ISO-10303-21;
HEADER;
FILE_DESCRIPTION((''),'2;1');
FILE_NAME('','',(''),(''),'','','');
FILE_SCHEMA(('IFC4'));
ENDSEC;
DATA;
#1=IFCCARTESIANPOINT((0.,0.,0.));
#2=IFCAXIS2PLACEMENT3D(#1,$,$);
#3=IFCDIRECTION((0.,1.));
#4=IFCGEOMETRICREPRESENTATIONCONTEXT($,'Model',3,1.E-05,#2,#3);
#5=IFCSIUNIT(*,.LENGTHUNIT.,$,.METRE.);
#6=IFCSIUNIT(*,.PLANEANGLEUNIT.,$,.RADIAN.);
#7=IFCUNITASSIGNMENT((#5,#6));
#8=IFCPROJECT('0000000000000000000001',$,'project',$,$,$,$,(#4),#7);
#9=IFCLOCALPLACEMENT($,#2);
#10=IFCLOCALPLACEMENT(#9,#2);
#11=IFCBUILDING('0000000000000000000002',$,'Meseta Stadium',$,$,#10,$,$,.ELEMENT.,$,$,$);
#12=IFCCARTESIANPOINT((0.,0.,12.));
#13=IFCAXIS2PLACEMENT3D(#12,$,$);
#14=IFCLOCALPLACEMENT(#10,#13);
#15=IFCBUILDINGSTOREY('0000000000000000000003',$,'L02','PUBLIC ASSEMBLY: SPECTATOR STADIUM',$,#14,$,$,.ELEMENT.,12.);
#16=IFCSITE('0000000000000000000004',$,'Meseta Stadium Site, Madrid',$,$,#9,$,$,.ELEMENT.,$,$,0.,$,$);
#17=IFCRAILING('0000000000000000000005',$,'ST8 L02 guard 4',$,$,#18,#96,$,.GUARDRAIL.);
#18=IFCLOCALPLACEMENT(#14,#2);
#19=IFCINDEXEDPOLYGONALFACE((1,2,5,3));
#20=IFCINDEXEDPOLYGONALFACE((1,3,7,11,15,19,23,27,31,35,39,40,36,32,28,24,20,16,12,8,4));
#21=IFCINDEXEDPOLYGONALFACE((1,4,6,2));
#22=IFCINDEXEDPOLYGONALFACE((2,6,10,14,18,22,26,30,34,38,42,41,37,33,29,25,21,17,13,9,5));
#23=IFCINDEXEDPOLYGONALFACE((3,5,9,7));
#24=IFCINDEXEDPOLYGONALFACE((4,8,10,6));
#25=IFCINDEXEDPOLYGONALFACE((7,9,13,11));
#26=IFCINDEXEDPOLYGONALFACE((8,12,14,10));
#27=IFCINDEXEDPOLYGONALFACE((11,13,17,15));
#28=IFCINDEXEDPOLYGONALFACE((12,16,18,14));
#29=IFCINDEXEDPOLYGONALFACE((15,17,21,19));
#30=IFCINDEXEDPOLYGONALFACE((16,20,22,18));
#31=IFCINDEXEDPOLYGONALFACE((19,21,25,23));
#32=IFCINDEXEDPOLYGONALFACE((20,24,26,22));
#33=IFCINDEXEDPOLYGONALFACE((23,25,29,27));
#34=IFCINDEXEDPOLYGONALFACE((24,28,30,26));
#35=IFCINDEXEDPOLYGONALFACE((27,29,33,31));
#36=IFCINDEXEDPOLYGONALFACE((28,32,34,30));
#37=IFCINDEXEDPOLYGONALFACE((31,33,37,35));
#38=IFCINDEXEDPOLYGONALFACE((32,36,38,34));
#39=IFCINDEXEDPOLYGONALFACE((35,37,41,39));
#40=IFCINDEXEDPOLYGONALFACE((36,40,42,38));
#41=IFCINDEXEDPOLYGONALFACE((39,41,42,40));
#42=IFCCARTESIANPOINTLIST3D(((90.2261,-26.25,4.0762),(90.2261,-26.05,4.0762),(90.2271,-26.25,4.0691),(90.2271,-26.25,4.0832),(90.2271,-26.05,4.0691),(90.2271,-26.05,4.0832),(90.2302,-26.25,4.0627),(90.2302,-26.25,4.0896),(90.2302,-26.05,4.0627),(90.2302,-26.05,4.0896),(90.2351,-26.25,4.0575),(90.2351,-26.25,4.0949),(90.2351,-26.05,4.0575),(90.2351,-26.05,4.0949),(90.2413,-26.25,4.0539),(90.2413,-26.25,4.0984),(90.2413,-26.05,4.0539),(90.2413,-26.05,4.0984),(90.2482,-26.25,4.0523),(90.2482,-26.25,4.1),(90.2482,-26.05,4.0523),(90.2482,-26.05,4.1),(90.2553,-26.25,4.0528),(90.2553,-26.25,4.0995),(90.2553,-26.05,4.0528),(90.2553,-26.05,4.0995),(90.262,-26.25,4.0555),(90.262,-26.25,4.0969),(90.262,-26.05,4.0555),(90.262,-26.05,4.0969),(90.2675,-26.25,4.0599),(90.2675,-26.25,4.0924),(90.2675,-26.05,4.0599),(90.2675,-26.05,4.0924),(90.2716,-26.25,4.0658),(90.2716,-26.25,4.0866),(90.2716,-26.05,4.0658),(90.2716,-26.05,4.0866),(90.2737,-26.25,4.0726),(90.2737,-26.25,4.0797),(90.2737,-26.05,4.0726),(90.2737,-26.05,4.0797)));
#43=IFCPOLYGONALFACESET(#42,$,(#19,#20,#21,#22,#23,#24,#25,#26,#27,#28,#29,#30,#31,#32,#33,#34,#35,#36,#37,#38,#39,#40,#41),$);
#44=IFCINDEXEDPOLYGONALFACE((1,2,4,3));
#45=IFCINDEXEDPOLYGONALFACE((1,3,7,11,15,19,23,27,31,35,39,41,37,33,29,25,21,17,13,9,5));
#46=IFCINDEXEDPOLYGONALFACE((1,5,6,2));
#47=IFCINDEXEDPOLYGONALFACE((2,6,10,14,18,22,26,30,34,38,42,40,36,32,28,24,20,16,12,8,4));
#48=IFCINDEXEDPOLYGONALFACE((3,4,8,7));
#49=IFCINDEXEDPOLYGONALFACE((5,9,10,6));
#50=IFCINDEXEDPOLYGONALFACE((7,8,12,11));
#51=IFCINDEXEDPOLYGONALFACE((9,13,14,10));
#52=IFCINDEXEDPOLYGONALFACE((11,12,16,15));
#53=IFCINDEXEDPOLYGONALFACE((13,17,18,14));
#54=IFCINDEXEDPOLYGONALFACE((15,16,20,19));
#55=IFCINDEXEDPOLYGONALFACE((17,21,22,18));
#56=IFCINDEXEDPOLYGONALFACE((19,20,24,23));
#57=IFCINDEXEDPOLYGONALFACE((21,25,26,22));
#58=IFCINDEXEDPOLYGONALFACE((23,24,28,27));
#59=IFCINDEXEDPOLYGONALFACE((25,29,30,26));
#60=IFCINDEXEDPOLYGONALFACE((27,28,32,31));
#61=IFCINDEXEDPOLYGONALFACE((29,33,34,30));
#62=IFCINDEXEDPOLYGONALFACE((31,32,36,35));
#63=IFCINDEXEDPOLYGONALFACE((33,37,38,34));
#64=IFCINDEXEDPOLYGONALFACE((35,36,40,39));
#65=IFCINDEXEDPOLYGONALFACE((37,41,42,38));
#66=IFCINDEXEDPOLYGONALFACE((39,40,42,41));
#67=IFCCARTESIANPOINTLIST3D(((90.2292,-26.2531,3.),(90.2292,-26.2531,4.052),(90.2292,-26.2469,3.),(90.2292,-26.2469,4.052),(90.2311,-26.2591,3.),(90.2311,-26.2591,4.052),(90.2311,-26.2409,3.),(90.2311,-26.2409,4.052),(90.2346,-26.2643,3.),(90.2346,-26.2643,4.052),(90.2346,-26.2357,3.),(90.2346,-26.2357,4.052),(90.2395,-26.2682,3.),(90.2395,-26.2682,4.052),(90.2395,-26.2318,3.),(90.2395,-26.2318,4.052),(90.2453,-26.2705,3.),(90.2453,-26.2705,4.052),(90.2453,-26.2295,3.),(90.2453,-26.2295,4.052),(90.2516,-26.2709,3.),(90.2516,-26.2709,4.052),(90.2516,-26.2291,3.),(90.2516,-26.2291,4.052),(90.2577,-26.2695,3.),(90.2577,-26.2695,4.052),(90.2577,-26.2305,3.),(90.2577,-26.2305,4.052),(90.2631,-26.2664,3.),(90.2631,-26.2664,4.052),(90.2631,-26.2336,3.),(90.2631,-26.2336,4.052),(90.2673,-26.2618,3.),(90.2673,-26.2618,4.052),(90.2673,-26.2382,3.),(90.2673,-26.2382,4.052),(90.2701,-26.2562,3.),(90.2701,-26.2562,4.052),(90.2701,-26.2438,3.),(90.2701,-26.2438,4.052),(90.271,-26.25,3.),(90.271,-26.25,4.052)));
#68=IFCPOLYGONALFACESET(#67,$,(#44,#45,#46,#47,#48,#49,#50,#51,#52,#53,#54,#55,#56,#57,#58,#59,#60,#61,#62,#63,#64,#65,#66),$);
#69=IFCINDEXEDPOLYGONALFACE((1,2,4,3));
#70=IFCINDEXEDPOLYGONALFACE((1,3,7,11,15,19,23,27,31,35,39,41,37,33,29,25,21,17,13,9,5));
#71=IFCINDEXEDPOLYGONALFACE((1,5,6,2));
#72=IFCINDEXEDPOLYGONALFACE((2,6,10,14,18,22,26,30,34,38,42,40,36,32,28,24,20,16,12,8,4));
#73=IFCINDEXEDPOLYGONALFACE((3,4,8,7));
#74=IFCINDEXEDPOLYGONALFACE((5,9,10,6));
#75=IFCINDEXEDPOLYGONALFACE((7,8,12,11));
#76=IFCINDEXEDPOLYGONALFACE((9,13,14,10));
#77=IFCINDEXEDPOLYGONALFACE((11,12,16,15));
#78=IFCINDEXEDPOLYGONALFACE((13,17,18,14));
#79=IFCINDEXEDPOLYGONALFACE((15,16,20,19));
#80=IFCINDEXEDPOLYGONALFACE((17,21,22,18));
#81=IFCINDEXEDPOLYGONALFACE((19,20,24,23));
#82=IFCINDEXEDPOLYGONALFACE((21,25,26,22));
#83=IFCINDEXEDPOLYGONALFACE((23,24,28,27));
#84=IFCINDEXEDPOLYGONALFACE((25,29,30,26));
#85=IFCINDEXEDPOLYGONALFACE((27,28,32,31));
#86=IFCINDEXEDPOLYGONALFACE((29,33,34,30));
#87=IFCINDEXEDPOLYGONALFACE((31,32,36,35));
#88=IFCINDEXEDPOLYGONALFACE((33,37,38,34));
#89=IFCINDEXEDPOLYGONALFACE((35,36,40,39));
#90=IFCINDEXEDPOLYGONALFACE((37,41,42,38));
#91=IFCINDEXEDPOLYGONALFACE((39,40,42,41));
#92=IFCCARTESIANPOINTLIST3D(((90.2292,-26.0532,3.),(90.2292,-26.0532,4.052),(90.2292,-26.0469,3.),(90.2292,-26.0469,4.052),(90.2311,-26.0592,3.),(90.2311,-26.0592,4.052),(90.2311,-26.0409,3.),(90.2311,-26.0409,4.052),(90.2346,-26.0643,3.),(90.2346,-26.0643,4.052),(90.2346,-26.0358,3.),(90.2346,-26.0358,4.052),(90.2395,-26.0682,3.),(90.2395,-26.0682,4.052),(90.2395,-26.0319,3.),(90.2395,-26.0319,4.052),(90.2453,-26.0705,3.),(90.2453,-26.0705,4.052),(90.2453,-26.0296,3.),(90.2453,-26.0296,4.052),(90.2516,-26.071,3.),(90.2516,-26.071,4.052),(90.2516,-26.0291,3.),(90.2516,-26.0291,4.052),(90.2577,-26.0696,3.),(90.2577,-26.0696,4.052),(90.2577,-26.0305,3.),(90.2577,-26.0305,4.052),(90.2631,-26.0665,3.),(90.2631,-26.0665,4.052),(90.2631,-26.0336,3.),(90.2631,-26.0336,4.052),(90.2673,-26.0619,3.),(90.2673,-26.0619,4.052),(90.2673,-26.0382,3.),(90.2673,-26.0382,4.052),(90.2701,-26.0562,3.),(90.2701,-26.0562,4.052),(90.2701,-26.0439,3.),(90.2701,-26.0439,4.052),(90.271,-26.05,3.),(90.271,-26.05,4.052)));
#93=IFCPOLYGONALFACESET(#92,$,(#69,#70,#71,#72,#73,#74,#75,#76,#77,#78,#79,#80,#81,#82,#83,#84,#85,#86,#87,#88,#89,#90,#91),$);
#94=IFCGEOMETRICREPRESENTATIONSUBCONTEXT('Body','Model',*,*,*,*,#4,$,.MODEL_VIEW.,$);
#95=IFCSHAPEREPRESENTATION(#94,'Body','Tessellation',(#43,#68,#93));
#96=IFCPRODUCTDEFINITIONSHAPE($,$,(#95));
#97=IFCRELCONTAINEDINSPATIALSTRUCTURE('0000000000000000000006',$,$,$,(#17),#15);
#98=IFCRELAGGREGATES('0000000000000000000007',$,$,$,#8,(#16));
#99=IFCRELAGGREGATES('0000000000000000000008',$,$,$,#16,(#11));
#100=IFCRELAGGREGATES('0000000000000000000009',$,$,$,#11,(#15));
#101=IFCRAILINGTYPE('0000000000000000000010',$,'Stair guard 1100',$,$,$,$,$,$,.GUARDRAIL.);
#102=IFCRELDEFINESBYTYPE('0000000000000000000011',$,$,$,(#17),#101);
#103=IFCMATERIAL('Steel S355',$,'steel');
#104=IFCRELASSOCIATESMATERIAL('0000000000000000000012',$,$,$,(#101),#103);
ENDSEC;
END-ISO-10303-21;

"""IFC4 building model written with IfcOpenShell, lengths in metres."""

from ifc_helpers import new_model, si_unit, direction, frame, origin, origin_2d, place, context, subcontext, project, spatial, circle, extrude, material, type_object, element, save


model = new_model("IFC4")

# Units and contexts
model_context = context("Model", 3, precision=1e-05, world=origin(), true_north=direction((0.0, 1.0)))
body_context = subcontext(model_context, "Body", "Model", "MODEL_VIEW")
ifc_project = project(units=[si_unit("LENGTHUNIT", "METRE"), si_unit("PLANEANGLEUNIT", "RADIAN")], contexts=[model_context])

# Site, building, storey
site_placement = place(None, origin())
site = spatial("IfcSite", under=ifc_project, at=site_placement, Name="Meseta Stadium Site, Madrid", CompositionType="ELEMENT", RefElevation=0.0)
building_placement = place(site_placement, origin())
building = spatial("IfcBuilding", under=site, at=building_placement, Name="Meseta Stadium", CompositionType="ELEMENT")
storey_placement = place(building_placement, frame((0.0, 0.0, 12.0)))
storey = spatial("IfcBuildingStorey", under=building, at=storey_placement, Name="L02", Description="PUBLIC ASSEMBLY: SPECTATOR STADIUM", CompositionType="ELEMENT", Elevation=12.0)

# Railing
ifc_material_1 = material(Name="Steel S355", Category="steel")
railing_type_1 = type_object("IfcRailingType", Name="Stair guard 1100", PredefinedType="GUARDRAIL", material=ifc_material_1)
railing_1_placement = place(storey_placement, frame((90.25, -26.25, 3.0)))
element("IfcRailing", 1, at=railing_1_placement, inside=storey, type_object=railing_type_1, Name="ST8 L02 guard 4", PredefinedType="GUARDRAIL", context=body_context, shape_type="SweptSolid", body=[
    extrude(circle(Radius=0.0239, at=origin_2d()), frame((0.0, 0.0, 1.0762), z_axis=(0.0, 1.0, 0.0), x_axis=(-1.0, 0.0, 0.0)), (0.0, 0.0, 1.0), 0.2),
    extrude(circle(Radius=0.021, at=origin_2d()), origin(), (0.0, 0.0, 1.0), 1.052),
    extrude(circle(Radius=0.021, at=origin_2d()), frame((0.0, 0.2, 0.0)), (0.0, 0.0, 1.0), 1.052),
])

save(model, "model.ifc")
